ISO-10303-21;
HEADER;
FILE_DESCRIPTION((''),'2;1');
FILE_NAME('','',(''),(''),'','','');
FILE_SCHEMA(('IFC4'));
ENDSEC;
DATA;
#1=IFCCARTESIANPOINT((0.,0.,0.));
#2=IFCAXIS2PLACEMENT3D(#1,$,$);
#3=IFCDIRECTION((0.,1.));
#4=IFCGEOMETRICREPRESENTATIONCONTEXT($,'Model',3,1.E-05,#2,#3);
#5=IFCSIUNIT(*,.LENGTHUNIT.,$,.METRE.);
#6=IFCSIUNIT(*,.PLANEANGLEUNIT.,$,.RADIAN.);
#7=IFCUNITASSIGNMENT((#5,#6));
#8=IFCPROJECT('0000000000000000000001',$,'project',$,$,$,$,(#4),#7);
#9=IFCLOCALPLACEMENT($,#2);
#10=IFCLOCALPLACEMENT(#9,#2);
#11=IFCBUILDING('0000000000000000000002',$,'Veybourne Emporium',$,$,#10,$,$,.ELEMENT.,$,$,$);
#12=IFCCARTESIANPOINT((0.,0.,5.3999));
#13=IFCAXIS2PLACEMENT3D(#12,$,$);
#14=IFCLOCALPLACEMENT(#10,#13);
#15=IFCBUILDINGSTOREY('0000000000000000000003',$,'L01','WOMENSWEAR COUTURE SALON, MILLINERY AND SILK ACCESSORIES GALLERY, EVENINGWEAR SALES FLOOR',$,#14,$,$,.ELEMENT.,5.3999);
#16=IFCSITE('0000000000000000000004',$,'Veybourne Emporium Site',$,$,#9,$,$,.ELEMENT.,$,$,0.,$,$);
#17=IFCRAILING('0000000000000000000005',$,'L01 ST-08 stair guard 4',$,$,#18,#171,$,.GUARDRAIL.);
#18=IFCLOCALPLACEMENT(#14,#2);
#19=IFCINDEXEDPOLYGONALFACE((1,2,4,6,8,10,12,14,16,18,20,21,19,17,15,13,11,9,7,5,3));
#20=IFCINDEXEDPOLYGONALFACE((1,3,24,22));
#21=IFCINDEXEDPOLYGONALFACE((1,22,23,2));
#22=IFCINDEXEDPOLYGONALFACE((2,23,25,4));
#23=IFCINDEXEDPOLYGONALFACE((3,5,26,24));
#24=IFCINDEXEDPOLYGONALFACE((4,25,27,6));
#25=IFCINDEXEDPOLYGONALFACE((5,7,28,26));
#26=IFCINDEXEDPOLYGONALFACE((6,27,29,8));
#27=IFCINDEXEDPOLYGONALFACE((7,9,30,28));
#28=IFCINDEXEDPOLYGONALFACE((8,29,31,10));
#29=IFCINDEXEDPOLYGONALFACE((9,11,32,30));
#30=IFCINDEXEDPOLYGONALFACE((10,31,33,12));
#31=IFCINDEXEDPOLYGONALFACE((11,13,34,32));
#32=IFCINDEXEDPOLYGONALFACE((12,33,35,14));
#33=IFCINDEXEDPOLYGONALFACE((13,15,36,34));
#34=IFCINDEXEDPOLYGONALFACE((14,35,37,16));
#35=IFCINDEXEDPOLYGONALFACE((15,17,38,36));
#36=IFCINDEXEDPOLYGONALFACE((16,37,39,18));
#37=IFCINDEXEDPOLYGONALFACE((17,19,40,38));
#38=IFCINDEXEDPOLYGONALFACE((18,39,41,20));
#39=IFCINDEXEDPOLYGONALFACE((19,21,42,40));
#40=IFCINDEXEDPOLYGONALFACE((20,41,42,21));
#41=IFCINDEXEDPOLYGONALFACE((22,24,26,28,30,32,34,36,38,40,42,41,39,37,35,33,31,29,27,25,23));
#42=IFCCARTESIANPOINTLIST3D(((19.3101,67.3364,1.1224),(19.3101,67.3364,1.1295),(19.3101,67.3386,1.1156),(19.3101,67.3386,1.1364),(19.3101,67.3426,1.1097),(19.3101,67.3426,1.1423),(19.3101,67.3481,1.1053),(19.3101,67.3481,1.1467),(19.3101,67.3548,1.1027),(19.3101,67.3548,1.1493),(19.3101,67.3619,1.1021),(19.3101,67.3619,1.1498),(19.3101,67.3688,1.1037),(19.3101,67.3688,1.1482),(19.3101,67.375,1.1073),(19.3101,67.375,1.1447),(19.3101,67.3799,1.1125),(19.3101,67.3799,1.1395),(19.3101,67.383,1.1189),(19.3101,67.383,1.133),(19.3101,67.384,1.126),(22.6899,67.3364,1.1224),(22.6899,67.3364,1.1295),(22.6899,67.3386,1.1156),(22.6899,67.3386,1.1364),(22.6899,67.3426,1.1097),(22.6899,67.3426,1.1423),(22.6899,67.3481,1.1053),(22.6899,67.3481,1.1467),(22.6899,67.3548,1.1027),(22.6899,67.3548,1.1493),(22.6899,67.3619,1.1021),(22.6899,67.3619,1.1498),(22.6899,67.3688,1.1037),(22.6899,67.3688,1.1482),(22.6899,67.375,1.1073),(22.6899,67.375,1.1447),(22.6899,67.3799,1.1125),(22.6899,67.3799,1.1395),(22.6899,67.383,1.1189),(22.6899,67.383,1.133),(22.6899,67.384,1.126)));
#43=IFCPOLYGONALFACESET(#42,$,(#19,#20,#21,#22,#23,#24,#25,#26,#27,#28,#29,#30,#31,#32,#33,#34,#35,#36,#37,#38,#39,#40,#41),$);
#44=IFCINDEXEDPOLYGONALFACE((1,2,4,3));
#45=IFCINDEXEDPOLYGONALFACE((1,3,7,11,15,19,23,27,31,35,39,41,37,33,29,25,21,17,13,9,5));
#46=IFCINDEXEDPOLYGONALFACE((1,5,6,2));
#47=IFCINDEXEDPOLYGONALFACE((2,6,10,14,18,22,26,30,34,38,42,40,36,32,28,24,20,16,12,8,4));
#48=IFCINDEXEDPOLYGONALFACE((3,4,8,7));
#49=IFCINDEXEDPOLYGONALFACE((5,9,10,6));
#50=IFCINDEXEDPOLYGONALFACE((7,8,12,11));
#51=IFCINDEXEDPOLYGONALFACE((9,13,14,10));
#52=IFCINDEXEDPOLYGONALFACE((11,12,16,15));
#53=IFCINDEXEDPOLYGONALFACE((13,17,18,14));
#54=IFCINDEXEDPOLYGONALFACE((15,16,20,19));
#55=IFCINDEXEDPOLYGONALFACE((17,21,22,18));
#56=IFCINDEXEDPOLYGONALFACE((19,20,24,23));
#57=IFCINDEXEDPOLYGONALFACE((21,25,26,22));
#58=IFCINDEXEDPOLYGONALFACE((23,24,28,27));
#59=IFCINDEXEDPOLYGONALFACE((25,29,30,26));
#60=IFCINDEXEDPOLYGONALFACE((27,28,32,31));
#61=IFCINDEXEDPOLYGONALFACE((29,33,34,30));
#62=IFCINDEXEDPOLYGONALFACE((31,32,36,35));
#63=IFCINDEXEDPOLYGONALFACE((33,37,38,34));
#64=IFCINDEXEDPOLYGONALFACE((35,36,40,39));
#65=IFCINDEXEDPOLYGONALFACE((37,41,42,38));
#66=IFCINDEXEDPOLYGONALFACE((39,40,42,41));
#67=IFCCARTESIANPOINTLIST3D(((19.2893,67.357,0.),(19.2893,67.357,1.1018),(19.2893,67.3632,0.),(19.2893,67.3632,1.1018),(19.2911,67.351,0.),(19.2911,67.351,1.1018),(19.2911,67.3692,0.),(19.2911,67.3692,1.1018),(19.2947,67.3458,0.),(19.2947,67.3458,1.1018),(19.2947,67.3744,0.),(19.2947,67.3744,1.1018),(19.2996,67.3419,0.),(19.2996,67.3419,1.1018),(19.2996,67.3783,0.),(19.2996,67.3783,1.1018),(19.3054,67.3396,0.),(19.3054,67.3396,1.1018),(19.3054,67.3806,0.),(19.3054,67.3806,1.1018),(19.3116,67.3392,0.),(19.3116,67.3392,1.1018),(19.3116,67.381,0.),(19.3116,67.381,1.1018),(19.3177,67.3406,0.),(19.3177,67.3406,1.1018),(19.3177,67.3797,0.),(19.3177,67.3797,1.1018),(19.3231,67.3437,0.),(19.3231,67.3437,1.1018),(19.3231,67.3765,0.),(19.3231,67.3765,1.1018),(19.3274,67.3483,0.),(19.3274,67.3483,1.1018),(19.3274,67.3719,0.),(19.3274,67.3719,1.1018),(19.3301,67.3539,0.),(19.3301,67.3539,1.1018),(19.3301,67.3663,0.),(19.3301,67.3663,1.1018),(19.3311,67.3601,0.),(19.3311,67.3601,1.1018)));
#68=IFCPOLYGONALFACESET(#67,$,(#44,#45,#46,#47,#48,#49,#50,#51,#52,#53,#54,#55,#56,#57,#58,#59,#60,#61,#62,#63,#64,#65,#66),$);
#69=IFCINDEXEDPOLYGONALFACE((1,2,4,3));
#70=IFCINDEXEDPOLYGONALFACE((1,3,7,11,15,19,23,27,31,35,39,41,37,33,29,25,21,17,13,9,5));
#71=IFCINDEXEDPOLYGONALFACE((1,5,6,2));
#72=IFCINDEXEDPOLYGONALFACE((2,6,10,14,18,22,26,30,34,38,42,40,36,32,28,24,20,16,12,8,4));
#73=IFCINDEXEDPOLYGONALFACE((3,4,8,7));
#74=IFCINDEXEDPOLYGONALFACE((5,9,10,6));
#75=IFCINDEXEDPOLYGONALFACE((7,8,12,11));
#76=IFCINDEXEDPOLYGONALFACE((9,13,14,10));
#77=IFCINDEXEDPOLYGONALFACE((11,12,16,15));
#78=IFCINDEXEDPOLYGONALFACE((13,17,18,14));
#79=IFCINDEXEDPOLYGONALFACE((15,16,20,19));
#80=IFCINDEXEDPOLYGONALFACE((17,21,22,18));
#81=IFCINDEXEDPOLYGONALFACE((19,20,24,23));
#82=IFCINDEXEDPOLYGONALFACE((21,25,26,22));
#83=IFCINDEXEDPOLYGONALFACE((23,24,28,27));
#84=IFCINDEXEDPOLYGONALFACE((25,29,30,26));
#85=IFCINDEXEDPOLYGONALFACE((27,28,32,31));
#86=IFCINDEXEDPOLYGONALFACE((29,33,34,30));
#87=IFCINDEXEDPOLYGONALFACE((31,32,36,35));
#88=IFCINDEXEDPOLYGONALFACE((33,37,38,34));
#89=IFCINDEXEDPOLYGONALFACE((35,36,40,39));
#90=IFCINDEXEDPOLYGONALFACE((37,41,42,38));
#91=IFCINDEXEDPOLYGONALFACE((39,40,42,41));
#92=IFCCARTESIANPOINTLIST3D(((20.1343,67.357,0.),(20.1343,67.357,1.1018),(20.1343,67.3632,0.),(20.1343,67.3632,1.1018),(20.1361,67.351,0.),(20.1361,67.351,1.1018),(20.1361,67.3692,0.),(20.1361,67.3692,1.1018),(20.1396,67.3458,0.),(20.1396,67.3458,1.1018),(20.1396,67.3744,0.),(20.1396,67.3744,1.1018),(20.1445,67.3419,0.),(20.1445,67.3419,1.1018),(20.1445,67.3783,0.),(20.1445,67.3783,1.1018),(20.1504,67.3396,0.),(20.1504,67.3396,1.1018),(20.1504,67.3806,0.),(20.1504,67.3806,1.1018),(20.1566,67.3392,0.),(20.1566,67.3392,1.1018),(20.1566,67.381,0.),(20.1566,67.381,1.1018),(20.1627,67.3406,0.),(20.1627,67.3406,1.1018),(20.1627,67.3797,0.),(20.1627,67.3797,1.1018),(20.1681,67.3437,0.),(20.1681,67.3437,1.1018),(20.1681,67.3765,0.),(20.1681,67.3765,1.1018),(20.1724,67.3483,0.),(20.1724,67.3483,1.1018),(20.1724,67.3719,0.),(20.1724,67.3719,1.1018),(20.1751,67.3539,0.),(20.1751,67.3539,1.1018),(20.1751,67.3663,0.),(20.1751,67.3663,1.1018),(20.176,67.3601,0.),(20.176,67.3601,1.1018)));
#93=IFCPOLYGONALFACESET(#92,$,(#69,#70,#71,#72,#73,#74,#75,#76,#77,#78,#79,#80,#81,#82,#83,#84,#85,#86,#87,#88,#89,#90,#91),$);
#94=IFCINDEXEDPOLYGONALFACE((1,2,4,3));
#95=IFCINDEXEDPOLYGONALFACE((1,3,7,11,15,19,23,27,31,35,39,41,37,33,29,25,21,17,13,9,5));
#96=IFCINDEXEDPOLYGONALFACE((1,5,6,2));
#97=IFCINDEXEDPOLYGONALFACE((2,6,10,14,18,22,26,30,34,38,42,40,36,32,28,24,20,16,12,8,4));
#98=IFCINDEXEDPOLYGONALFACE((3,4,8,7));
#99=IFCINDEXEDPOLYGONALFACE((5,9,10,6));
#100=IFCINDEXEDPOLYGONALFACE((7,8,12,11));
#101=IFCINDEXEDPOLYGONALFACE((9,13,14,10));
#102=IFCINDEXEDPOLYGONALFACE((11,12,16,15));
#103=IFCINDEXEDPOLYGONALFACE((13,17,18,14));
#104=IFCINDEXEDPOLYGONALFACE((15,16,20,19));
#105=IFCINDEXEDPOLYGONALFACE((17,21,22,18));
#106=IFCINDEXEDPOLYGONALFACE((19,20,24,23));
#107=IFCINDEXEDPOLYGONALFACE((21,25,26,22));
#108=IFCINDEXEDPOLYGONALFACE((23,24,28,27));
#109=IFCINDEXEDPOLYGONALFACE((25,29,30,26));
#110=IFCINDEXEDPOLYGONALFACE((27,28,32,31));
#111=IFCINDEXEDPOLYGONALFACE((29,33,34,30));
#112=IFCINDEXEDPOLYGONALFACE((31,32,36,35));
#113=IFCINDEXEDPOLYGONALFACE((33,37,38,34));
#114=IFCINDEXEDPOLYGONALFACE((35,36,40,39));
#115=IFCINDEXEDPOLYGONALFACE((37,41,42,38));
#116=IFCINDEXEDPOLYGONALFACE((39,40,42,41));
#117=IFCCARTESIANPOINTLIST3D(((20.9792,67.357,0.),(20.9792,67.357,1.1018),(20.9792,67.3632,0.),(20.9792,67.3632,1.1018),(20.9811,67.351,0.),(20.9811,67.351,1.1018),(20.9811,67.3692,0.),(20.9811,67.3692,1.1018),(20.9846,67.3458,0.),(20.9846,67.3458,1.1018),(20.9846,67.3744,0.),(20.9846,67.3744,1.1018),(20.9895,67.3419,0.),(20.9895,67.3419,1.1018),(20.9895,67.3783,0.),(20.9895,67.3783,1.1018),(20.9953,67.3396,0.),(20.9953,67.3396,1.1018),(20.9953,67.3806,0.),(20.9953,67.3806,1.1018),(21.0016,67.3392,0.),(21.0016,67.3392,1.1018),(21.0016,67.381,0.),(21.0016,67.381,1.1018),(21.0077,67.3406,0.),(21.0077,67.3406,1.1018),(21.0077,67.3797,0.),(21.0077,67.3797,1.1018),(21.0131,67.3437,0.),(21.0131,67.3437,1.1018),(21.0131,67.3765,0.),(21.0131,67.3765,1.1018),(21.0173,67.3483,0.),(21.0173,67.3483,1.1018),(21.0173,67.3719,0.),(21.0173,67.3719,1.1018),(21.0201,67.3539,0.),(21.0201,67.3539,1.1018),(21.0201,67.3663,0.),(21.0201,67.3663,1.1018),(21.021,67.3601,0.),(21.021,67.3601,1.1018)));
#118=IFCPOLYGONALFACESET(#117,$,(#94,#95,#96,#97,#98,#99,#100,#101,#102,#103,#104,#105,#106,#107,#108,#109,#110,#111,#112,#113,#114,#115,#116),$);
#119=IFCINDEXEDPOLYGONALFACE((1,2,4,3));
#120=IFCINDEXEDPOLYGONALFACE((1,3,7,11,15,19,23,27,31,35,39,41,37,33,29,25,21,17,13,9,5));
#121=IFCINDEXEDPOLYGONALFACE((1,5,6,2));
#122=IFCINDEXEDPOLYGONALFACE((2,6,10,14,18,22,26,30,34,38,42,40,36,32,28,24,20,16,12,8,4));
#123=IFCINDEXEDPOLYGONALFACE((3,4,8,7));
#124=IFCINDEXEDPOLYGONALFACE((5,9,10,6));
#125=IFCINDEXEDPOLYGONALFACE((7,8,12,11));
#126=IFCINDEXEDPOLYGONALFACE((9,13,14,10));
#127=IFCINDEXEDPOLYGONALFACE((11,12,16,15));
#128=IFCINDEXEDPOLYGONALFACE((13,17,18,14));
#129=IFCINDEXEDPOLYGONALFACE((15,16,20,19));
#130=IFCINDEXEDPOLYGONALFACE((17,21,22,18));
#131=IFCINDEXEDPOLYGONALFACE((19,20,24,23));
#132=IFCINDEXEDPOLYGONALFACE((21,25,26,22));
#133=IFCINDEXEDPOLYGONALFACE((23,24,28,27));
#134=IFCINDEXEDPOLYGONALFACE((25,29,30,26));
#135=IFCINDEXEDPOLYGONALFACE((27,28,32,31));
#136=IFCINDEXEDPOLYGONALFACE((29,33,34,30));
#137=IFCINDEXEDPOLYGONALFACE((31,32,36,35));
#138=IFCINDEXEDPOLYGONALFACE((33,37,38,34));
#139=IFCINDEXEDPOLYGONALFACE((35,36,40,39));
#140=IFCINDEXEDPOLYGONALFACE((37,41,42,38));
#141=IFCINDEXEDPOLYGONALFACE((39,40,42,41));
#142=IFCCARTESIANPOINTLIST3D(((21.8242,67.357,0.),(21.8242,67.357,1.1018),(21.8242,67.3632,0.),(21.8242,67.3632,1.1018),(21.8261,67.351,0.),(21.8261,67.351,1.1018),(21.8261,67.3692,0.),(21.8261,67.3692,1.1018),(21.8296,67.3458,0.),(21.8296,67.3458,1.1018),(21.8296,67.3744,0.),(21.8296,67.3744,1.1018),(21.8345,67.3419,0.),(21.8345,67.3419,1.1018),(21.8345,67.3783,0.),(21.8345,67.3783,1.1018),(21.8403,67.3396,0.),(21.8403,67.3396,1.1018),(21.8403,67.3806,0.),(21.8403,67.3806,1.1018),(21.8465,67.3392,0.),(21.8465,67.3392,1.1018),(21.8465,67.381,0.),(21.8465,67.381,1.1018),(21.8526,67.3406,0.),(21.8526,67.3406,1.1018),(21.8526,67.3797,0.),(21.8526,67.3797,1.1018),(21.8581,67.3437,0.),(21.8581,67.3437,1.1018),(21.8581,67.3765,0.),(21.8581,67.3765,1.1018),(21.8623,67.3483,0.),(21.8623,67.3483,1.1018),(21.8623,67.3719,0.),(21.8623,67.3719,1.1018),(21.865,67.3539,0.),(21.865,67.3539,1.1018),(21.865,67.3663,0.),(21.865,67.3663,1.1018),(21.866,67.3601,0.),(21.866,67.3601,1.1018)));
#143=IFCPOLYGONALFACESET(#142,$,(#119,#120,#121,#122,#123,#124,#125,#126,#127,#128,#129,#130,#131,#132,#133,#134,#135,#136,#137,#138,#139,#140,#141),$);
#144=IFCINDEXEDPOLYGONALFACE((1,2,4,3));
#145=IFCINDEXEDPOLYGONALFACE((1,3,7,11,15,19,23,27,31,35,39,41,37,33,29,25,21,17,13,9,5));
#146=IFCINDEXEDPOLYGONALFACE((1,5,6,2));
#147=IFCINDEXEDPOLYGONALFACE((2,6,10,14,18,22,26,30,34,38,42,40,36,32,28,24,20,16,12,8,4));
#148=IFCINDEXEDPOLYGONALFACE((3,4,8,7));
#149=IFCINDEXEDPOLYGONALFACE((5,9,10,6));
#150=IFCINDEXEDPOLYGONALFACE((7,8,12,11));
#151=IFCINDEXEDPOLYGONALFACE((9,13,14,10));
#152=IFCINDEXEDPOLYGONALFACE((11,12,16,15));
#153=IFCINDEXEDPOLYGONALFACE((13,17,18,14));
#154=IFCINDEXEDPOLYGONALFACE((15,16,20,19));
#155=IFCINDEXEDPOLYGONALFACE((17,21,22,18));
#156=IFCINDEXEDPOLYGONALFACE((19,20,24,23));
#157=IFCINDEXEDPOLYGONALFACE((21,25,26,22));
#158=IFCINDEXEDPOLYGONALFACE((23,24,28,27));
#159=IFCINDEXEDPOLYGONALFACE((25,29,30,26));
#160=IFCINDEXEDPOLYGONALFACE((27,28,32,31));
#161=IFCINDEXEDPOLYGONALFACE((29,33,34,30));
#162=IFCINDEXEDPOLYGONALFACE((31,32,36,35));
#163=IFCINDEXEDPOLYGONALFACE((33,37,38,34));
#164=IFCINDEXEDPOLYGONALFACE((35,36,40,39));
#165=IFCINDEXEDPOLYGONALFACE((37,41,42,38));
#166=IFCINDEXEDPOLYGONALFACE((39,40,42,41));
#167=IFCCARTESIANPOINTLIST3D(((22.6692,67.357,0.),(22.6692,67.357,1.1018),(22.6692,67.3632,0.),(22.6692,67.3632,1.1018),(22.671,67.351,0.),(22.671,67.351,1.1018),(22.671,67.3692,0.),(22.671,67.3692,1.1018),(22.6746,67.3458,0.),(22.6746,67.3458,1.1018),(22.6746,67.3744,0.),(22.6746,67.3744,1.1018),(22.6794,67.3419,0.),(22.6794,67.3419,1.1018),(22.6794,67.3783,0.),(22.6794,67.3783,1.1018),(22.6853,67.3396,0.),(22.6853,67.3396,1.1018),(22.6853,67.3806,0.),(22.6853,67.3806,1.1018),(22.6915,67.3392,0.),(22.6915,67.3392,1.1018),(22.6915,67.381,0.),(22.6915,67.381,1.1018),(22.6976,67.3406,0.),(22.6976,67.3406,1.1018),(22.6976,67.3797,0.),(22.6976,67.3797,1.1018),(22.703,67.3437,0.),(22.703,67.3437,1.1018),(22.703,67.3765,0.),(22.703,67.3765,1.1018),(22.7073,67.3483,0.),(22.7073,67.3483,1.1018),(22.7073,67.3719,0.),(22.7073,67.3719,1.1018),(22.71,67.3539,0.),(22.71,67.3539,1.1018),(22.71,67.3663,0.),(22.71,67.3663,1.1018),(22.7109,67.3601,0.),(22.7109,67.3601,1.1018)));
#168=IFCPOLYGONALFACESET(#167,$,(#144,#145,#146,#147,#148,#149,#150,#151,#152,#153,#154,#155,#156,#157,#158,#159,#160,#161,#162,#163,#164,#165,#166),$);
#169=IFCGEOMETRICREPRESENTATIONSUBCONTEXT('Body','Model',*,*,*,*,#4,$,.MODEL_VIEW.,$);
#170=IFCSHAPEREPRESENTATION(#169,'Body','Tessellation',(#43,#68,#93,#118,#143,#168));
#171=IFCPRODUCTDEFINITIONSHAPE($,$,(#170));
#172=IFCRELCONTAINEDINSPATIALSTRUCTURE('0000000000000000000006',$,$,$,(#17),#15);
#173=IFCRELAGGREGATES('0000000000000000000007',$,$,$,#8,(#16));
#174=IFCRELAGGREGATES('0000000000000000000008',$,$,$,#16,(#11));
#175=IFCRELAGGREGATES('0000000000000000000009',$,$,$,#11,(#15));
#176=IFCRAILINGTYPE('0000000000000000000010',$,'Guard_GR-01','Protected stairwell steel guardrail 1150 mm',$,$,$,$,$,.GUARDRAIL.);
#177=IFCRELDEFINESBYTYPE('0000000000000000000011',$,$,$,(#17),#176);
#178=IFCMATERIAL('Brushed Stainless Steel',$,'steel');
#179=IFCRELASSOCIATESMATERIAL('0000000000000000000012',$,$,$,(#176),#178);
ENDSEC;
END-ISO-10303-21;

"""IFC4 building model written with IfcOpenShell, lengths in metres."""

from ifc_helpers import new_model, si_unit, direction, frame, origin, origin_2d, place, context, subcontext, project, spatial, circle, extrude, material, type_object, element, save


model = new_model("IFC4")

# Units and contexts
model_context = context("Model", 3, precision=1e-05, world=origin(), true_north=direction((0.0, 1.0)))
body_context = subcontext(model_context, "Body", "Model", "MODEL_VIEW")
ifc_project = project(units=[si_unit("LENGTHUNIT", "METRE"), si_unit("PLANEANGLEUNIT", "RADIAN")], contexts=[model_context])

# Site, building, storey
site_placement = place(None, origin())
site = spatial("IfcSite", under=ifc_project, at=site_placement, Name="Veybourne Emporium Site", CompositionType="ELEMENT", RefElevation=0.0)
building_placement = place(site_placement, origin())
building = spatial("IfcBuilding", under=site, at=building_placement, Name="Veybourne Emporium", CompositionType="ELEMENT")
storey_placement = place(building_placement, frame((0.0, 0.0, 5.3999)))
storey = spatial("IfcBuildingStorey", under=building, at=storey_placement, Name="L01", Description="WOMENSWEAR COUTURE SALON, MILLINERY AND SILK ACCESSORIES GALLERY, EVENINGWEAR SALES FLOOR", CompositionType="ELEMENT", Elevation=5.3999)

# Railing
ifc_material_1 = material(Name="Brushed Stainless Steel", Category="steel")
railing_type_1 = type_object("IfcRailingType", Name="Guard_GR-01", Description="Protected stairwell steel guardrail 1150 mm", PredefinedType="GUARDRAIL", material=ifc_material_1)
railing_1_placement = place(storey_placement, frame((19.3101, 67.3601, 0.0)))
element("IfcRailing", 1, at=railing_1_placement, inside=storey, type_object=railing_type_1, Name="L01 ST-08 stair guard 4", PredefinedType="GUARDRAIL", context=body_context, shape_type="SweptSolid", body=[
    extrude(circle(Radius=0.0239, at=origin_2d()), frame((0.0, 0.0, 1.126), z_axis=(1.0, 0.0, 0.0), x_axis=(0.0, 1.0, 0.0)), (0.0, 0.0, 1.0), 3.3799),
    extrude(circle(Radius=0.021, at=origin_2d()), origin(), (0.0, 0.0, 1.0), 1.1018),
    extrude(circle(Radius=0.021, at=origin_2d()), frame((0.845, 0.0, 0.0)), (0.0, 0.0, 1.0), 1.1018),
    extrude(circle(Radius=0.021, at=origin_2d()), frame((1.6899, 0.0, 0.0)), (0.0, 0.0, 1.0), 1.1018),
    extrude(circle(Radius=0.021, at=origin_2d()), frame((2.5349, 0.0, 0.0)), (0.0, 0.0, 1.0), 1.1018),
    extrude(circle(Radius=0.021, at=origin_2d()), frame((3.3799, 0.0, 0.0)), (0.0, 0.0, 1.0), 1.1018),
])

save(model, "model.ifc")
